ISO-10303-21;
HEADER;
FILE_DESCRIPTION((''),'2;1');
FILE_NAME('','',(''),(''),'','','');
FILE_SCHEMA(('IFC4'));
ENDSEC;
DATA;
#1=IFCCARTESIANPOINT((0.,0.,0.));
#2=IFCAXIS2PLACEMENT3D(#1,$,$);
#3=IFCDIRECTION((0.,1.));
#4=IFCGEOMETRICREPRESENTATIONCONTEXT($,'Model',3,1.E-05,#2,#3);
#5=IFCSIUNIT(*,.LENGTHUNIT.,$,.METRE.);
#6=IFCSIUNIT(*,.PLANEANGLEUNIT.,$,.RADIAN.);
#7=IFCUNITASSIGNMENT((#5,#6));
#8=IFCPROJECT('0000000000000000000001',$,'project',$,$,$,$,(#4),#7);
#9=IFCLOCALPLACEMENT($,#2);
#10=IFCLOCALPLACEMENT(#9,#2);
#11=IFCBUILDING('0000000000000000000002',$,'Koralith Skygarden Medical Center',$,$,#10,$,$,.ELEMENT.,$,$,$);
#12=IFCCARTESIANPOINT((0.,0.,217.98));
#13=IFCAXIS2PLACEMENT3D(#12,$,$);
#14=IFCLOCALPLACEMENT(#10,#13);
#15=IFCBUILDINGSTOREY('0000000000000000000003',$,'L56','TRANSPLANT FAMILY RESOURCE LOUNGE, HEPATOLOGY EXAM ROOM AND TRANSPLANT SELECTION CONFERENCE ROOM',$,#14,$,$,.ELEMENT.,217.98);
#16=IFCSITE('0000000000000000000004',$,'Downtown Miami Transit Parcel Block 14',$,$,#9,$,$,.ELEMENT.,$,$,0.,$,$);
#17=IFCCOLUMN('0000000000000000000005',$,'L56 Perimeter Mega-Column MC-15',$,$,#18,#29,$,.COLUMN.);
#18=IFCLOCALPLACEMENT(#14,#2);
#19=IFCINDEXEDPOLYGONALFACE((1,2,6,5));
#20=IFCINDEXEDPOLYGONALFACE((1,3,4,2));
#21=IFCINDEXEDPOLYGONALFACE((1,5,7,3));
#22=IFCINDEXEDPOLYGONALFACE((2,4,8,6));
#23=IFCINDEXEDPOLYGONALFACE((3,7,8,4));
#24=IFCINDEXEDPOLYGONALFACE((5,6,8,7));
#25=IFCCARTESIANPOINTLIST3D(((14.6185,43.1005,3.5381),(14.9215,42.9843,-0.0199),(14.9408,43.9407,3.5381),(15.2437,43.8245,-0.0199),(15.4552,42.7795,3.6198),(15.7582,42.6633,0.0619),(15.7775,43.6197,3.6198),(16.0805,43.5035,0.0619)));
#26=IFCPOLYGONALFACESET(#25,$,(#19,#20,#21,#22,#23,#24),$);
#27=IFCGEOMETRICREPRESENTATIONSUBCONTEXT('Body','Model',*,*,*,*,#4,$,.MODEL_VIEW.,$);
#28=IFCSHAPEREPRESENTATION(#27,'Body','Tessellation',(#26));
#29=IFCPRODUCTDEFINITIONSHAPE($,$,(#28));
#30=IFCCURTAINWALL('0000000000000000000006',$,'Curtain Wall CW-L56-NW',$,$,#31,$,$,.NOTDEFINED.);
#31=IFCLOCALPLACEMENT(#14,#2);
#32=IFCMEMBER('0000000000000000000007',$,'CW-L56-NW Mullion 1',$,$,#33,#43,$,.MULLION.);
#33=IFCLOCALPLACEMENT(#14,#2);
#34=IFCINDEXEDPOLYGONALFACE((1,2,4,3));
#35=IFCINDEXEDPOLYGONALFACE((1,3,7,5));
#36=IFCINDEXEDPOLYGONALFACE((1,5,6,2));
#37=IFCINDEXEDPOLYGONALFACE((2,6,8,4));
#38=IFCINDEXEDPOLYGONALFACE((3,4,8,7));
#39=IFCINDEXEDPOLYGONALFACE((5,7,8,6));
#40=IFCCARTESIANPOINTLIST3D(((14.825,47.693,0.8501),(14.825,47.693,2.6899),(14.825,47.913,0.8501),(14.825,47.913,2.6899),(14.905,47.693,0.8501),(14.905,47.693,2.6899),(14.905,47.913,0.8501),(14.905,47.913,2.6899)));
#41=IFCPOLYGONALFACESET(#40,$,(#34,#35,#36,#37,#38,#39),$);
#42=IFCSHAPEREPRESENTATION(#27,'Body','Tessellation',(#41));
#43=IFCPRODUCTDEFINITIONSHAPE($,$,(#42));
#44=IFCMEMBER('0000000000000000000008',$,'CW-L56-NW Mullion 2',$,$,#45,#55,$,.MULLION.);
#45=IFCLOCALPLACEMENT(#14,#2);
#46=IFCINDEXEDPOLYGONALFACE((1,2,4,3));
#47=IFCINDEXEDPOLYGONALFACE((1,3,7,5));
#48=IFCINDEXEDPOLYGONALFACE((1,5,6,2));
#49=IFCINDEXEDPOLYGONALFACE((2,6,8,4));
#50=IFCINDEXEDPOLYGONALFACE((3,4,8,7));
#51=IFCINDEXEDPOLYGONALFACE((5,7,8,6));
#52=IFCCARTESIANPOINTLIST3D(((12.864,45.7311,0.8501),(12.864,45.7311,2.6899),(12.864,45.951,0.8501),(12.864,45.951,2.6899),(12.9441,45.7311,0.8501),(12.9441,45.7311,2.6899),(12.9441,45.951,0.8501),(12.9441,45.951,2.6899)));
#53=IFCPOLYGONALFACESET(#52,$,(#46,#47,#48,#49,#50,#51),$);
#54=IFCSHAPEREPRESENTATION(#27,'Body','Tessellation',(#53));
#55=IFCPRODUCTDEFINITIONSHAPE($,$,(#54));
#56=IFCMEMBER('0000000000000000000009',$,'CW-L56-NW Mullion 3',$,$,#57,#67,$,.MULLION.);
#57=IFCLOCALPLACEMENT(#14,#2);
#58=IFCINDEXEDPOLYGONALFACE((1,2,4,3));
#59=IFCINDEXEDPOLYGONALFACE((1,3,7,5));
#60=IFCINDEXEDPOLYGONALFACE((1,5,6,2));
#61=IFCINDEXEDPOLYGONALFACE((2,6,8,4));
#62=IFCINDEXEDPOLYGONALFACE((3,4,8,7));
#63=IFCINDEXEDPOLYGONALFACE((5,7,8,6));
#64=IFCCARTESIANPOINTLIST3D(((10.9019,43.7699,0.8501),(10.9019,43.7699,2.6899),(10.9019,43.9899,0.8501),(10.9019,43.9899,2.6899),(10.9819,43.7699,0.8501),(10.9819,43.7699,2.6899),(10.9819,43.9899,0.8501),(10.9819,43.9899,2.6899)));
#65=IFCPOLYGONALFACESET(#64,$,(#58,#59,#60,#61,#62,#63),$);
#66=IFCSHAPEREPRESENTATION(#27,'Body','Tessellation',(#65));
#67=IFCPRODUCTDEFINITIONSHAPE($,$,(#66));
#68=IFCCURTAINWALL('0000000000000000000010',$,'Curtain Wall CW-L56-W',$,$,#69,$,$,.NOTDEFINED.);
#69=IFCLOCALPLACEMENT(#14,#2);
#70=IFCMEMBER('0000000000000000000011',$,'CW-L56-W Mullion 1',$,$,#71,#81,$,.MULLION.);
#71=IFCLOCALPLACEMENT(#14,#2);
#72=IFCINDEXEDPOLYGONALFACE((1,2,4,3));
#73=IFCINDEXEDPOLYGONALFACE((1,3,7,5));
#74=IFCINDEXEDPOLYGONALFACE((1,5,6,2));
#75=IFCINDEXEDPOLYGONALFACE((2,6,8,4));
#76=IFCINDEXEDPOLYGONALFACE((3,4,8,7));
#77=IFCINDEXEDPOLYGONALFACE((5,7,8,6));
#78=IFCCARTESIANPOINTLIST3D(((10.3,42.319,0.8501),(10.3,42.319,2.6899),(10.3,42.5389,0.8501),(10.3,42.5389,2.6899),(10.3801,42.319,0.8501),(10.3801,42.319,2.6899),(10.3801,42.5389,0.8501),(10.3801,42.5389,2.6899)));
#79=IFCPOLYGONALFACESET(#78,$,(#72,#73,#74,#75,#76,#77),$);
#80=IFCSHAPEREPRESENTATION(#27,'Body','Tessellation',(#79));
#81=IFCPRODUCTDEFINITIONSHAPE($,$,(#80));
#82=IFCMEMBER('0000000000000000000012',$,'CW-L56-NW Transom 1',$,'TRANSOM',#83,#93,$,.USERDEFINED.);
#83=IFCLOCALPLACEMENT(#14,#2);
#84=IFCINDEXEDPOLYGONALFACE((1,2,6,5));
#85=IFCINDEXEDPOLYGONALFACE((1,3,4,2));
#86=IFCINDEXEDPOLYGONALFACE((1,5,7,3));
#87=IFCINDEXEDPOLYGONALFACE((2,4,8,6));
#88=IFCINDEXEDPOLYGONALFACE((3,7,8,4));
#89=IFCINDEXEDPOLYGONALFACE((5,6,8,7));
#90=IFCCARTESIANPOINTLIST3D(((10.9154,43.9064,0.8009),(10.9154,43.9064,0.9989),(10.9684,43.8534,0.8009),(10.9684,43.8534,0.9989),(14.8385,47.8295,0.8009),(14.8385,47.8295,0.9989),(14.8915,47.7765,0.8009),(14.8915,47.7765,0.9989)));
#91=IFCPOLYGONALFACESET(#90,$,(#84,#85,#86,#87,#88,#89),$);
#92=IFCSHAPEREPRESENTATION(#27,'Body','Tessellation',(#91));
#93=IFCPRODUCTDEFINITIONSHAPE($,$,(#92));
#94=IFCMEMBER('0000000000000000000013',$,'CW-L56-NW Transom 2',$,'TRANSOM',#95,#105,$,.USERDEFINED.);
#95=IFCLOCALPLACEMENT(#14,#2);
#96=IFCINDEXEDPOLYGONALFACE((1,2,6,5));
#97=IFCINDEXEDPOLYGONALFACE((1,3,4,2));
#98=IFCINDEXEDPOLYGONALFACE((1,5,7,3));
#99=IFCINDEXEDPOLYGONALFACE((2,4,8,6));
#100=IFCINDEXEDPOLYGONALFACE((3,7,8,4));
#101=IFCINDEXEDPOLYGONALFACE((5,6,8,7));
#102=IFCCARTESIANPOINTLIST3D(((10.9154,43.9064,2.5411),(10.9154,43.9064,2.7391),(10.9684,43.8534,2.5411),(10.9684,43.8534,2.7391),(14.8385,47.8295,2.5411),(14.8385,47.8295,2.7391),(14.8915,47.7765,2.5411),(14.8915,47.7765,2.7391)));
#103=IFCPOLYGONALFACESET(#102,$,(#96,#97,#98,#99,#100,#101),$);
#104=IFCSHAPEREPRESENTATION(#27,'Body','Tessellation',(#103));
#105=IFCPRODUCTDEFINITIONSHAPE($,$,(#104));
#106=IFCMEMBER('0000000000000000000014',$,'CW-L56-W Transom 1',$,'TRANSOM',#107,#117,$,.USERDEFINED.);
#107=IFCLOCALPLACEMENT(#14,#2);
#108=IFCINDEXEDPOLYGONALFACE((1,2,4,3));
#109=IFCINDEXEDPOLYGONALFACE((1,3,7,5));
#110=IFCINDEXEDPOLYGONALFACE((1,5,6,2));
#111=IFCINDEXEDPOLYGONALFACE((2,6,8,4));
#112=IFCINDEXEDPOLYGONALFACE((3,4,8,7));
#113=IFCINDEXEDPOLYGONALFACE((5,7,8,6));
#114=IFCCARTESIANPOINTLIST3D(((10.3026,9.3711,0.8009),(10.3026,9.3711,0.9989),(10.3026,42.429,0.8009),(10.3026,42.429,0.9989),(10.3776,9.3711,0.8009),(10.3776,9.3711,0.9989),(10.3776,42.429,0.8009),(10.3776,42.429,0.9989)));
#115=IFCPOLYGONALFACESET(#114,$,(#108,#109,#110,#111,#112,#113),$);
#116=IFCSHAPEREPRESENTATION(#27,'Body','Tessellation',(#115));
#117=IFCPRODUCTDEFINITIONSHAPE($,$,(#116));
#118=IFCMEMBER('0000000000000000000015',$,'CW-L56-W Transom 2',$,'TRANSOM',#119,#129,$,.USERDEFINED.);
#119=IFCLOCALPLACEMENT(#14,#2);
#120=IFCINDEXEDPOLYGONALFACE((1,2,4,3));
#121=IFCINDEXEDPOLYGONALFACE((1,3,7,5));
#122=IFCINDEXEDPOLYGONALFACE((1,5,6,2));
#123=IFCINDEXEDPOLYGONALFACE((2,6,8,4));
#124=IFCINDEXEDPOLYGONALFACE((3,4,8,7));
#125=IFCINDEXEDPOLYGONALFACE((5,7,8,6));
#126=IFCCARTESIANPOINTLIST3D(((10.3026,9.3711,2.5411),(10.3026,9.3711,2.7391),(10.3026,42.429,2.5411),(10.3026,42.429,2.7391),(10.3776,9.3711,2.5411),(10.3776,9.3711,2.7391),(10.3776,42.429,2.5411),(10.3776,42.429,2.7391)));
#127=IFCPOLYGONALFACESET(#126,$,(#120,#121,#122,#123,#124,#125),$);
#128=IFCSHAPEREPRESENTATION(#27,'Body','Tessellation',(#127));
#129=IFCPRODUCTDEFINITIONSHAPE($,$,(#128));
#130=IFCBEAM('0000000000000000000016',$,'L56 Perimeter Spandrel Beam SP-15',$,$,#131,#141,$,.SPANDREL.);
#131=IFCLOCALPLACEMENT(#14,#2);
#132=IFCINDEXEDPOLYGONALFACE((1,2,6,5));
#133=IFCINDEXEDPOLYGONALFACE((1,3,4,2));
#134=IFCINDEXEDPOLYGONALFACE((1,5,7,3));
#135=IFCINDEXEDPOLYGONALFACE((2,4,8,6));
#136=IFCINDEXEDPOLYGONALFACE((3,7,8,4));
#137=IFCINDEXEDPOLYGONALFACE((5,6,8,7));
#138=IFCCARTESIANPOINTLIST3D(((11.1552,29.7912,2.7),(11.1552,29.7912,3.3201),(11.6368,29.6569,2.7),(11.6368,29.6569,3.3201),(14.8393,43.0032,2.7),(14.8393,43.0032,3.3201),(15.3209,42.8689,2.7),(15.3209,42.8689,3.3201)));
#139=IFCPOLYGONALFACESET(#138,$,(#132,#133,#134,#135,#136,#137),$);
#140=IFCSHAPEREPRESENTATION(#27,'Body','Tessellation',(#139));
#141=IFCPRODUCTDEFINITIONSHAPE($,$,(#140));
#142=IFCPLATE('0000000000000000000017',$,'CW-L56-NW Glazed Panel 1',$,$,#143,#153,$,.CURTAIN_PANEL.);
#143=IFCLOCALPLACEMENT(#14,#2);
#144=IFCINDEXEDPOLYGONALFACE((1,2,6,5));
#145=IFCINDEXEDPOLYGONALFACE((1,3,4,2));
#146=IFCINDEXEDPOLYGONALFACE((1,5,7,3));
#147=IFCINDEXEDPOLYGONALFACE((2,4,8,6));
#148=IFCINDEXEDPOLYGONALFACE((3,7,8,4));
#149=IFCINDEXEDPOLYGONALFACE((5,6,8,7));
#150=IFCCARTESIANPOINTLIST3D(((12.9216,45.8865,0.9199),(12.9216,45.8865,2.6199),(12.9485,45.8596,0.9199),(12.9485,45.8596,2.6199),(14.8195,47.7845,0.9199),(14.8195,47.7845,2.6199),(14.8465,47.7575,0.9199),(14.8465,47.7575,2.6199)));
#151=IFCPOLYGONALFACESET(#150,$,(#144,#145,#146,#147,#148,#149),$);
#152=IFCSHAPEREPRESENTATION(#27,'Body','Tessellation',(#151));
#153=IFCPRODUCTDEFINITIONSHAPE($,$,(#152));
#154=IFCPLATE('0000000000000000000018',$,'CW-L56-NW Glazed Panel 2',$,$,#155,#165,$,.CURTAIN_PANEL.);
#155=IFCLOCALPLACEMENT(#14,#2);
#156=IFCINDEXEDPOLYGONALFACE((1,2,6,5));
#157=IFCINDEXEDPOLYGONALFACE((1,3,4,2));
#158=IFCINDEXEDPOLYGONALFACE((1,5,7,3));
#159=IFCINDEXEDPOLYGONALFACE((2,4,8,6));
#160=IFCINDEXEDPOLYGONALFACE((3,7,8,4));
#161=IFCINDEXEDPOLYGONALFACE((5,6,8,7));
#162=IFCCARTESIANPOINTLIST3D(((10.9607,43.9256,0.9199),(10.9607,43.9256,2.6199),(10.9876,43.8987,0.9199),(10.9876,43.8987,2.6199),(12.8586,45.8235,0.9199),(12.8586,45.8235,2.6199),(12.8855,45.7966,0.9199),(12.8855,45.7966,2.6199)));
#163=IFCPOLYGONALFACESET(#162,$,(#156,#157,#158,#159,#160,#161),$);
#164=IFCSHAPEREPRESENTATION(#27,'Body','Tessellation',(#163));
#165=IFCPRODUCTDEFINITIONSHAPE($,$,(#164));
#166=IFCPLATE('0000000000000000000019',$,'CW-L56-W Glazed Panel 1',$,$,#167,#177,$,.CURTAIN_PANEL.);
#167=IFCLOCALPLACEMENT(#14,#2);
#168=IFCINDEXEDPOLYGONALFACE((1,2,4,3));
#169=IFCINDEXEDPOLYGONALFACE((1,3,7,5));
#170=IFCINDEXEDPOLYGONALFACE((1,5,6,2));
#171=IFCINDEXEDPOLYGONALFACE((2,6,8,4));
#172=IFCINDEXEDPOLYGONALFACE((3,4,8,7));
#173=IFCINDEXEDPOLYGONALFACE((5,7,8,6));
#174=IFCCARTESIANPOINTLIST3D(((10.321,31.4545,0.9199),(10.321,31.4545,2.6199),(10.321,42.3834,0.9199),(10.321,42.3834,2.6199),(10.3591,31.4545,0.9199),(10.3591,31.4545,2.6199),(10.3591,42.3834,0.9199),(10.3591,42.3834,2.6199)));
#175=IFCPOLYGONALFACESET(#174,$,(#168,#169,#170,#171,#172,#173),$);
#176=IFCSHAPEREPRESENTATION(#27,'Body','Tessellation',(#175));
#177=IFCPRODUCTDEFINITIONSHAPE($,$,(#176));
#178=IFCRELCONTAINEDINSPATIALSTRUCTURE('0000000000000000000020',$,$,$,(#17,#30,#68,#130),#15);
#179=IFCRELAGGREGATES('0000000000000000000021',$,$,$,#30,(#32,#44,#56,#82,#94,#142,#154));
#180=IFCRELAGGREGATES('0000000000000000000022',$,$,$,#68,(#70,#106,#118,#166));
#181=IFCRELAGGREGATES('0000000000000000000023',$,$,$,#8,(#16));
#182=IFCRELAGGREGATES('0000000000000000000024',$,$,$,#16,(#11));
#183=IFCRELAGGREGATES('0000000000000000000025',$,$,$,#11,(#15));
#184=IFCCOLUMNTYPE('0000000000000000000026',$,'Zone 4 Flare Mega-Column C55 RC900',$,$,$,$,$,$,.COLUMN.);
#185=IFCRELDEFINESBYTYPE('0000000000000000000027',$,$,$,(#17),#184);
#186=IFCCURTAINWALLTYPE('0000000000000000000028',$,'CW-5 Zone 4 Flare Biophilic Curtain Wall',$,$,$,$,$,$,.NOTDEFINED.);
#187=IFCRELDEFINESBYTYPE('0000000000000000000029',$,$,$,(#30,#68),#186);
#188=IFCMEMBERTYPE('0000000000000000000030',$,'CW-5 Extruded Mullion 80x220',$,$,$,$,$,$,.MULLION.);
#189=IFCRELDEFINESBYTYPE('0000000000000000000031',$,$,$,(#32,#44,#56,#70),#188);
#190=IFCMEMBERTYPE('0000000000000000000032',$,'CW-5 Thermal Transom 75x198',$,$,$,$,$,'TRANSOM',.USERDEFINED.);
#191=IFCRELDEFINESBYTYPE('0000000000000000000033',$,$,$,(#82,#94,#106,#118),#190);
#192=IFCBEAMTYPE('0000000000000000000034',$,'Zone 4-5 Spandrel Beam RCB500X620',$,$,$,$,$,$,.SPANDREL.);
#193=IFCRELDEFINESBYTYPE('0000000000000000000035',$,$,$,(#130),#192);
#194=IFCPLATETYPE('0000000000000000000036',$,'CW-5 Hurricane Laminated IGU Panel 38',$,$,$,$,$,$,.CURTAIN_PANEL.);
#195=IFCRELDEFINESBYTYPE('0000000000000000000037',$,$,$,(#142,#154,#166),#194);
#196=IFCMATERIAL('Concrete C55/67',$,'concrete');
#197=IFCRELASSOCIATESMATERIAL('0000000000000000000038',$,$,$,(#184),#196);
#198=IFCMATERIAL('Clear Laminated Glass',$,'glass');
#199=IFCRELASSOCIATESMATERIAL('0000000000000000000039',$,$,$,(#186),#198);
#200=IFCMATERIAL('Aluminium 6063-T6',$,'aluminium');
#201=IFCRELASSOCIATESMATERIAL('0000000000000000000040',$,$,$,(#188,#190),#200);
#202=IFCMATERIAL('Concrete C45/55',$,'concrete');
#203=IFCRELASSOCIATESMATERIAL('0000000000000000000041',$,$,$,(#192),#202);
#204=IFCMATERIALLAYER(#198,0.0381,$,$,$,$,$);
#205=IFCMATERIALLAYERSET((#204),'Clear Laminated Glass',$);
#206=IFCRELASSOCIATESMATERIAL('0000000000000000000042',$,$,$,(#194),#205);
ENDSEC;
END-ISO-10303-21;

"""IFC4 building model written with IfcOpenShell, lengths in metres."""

from ifc_helpers import new_model, si_unit, direction, frame, origin, origin_2d, place, context, subcontext, project, spatial, rectangle, extrude, material, layer, layer_set, material_profile, profile_set, type_object, element, aggregate, save


model = new_model("IFC4")

# Units and contexts
model_context = context("Model", 3, precision=1e-05, world=origin(), true_north=direction((0.0, 1.0)))
body_context = subcontext(model_context, "Body", "Model", "MODEL_VIEW")
ifc_project = project(units=[si_unit("LENGTHUNIT", "METRE"), si_unit("PLANEANGLEUNIT", "RADIAN")], contexts=[model_context])

# Site, building, storey
site_placement = place(None, origin())
site = spatial("IfcSite", under=ifc_project, at=site_placement, Name="Downtown Miami Transit Parcel Block 14", CompositionType="ELEMENT", RefElevation=0.0)
building_placement = place(site_placement, origin())
building = spatial("IfcBuilding", under=site, at=building_placement, Name="Koralith Skygarden Medical Center", CompositionType="ELEMENT")
storey_placement = place(building_placement, frame((0.0, 0.0, 217.98)))
storey = spatial("IfcBuildingStorey", under=building, at=storey_placement, Name="L56", Description="TRANSPLANT FAMILY RESOURCE LOUNGE, HEPATOLOGY EXAM ROOM AND TRANSPLANT SELECTION CONFERENCE ROOM", CompositionType="ELEMENT", Elevation=217.98)

# Column
ifc_material_1 = material(Name="Concrete C55/67", Category="concrete")
ifc_material_profile_1 = material_profile(ifc_material_1, rectangle(XDim=0.8999, YDim=0.8999, at=origin_2d()), Name="RC900X900")
ifc_profile_set_1 = profile_set([ifc_material_profile_1], Name="Concrete C55/67")
column_type = type_object("IfcColumnType", Name="Zone 4 Flare Mega-Column C55 RC900", PredefinedType="COLUMN", material=ifc_profile_set_1)
column_placement = place(storey_placement, frame((15.501, 43.2439, 0.021), z_axis=(-0.0848, 0.032526, 0.995867), x_axis=(-0.358122, -0.933675, 0.0)))
element("IfcColumn", 1, at=column_placement, inside=storey, type_object=column_type, Name="L56 Perimeter Mega-Column MC-15", PredefinedType="COLUMN", context=body_context, shape_type="SweptSolid", body=[
    extrude(rectangle(XDim=0.8999, YDim=0.8999, at=origin_2d()), origin(), (0.0, 0.0, 1.0), 3.5728),
])

# Curtain wall, members
ifc_material_2 = material(Name="Clear Laminated Glass", Category="glass")
curtain_wall_type = type_object("IfcCurtainWallType", Name="CW-5 Zone 4 Flare Biophilic Curtain Wall", PredefinedType="NOTDEFINED", material=ifc_material_2)
curtain_wall_1_placement = place(storey_placement, origin())
curtain_wall_1 = element("IfcCurtainWall", 2, at=curtain_wall_1_placement, inside=storey, type_object=curtain_wall_type, Name="Curtain Wall CW-L56-NW", PredefinedType="NOTDEFINED")
ifc_material_3 = material(Name="Aluminium 6063-T6", Category="aluminium")
ifc_material_profile_2 = material_profile(ifc_material_3, rectangle(XDim=0.0801, YDim=0.22, at=origin_2d()), Name="MUL80X220")
ifc_profile_set_2 = profile_set([ifc_material_profile_2], Name="Aluminium 6063-T6")
member_type_1 = type_object("IfcMemberType", Name="CW-5 Extruded Mullion 80x220", PredefinedType="MULLION", material=ifc_profile_set_2)
member_1_placement = place(storey_placement, frame((14.865, 47.803, 0.8501), z_axis=(0.0, 0.0, 1.0), x_axis=(1.0, 0.0, 0.0)))
member_1 = element("IfcMember", 3, at=member_1_placement, type_object=member_type_1, Name="CW-L56-NW Mullion 1", PredefinedType="MULLION", context=body_context, shape_type="SweptSolid", body=[
    extrude(rectangle(XDim=0.0801, YDim=0.22, at=origin_2d()), origin(), (0.0, 0.0, 1.0), 1.8398),
])
member_2_placement = place(storey_placement, frame((12.9041, 45.8411, 0.8501), z_axis=(0.0, 0.0, 1.0), x_axis=(1.0, 0.0, 0.0)))
member_2 = element("IfcMember", 4, at=member_2_placement, type_object=member_type_1, Name="CW-L56-NW Mullion 2", PredefinedType="MULLION", context=body_context, shape_type="SweptSolid", body=[
    extrude(rectangle(XDim=0.0801, YDim=0.22, at=origin_2d()), origin(), (0.0, 0.0, 1.0), 1.8398),
])
member_3_placement = place(storey_placement, frame((10.9419, 43.8799, 0.8501), z_axis=(0.0, 0.0, 1.0), x_axis=(1.0, 0.0, 0.0)))
member_3 = element("IfcMember", 5, at=member_3_placement, type_object=member_type_1, Name="CW-L56-NW Mullion 3", PredefinedType="MULLION", context=body_context, shape_type="SweptSolid", body=[
    extrude(rectangle(XDim=0.0801, YDim=0.22, at=origin_2d()), origin(), (0.0, 0.0, 1.0), 1.8398),
])

# Curtain wall, member
curtain_wall_2_placement = place(storey_placement, origin())
curtain_wall_2 = element("IfcCurtainWall", 6, at=curtain_wall_2_placement, inside=storey, type_object=curtain_wall_type, Name="Curtain Wall CW-L56-W", PredefinedType="NOTDEFINED")
member_4_placement = place(storey_placement, frame((10.3401, 42.429, 0.8501), z_axis=(0.0, 0.0, 1.0), x_axis=(1.0, 0.0, 0.0)))
member_4 = element("IfcMember", 7, at=member_4_placement, type_object=member_type_1, Name="CW-L56-W Mullion 1", PredefinedType="MULLION", context=body_context, shape_type="SweptSolid", body=[
    extrude(rectangle(XDim=0.0801, YDim=0.22, at=origin_2d()), origin(), (0.0, 0.0, 1.0), 1.8398),
])

# Members
ifc_material_profile_3 = material_profile(ifc_material_3, rectangle(XDim=0.075, YDim=0.198, at=origin_2d()), Name="TRN75X198")
ifc_profile_set_3 = profile_set([ifc_material_profile_3], Name="Aluminium 6063-T6")
member_type_2 = type_object("IfcMemberType", Name="CW-5 Thermal Transom 75x198", ElementType="TRANSOM", PredefinedType="USERDEFINED", material=ifc_profile_set_3)
member_5_placement = place(storey_placement, frame((14.865, 47.803, 0.8999), z_axis=(-0.707107, -0.707107, 0.0), x_axis=(0.707107, -0.707107, 0.0)))
member_5 = element("IfcMember", 8, at=member_5_placement, type_object=member_type_2, Name="CW-L56-NW Transom 1", ObjectType="TRANSOM", PredefinedType="USERDEFINED", context=body_context, shape_type="SweptSolid", body=[
    extrude(rectangle(XDim=0.075, YDim=0.198, at=origin_2d()), origin(), (0.0, 0.0, 1.0), 5.5481),
])
member_6_placement = place(storey_placement, frame((14.865, 47.803, 2.6401), z_axis=(-0.707107, -0.707107, 0.0), x_axis=(0.707107, -0.707107, 0.0)))
member_6 = element("IfcMember", 9, at=member_6_placement, type_object=member_type_2, Name="CW-L56-NW Transom 2", ObjectType="TRANSOM", PredefinedType="USERDEFINED", context=body_context, shape_type="SweptSolid", body=[
    extrude(rectangle(XDim=0.075, YDim=0.198, at=origin_2d()), origin(), (0.0, 0.0, 1.0), 5.5481),
])
member_7_placement = place(storey_placement, frame((10.3401, 42.429, 0.8999), z_axis=(0.0, -1.0, 0.0), x_axis=(1.0, 0.0, 0.0)))
member_7 = element("IfcMember", 10, at=member_7_placement, type_object=member_type_2, Name="CW-L56-W Transom 1", ObjectType="TRANSOM", PredefinedType="USERDEFINED", context=body_context, shape_type="SweptSolid", body=[
    extrude(rectangle(XDim=0.075, YDim=0.198, at=origin_2d()), origin(), (0.0, 0.0, 1.0), 33.0579),
])
member_8_placement = place(storey_placement, frame((10.3401, 42.429, 2.6401), z_axis=(0.0, -1.0, 0.0), x_axis=(1.0, 0.0, 0.0)))
member_8 = element("IfcMember", 11, at=member_8_placement, type_object=member_type_2, Name="CW-L56-W Transom 2", ObjectType="TRANSOM", PredefinedType="USERDEFINED", context=body_context, shape_type="SweptSolid", body=[
    extrude(rectangle(XDim=0.075, YDim=0.198, at=origin_2d()), origin(), (0.0, 0.0, 1.0), 33.0579),
])

# Beam
ifc_material_4 = material(Name="Concrete C45/55", Category="concrete")
ifc_material_profile_4 = material_profile(ifc_material_4, rectangle(XDim=0.5, YDim=0.6201, at=origin_2d()), Name="RCB500X620")
ifc_profile_set_4 = profile_set([ifc_material_profile_4], Name="Concrete C45/55")
beam_type = type_object("IfcBeamType", Name="Zone 4-5 Spandrel Beam RCB500X620", PredefinedType="SPANDREL", material=ifc_profile_set_4)
beam_placement = place(storey_placement, frame((15.0801, 42.936, 3.01), z_axis=(-0.268598, -0.963252, 0.0), x_axis=(0.963252, -0.268598, 0.0)))
element("IfcBeam", 12, at=beam_placement, inside=storey, type_object=beam_type, Name="L56 Perimeter Spandrel Beam SP-15", PredefinedType="SPANDREL", context=body_context, shape_type="SweptSolid", body=[
    extrude(rectangle(XDim=0.5, YDim=0.6201, at=origin_2d()), origin(), (0.0, 0.0, 1.0), 13.7161),
])

# Plates
ifc_layer_1 = layer(ifc_material_2, 0.0381)
ifc_layer_set_1 = layer_set([ifc_layer_1], Name="Clear Laminated Glass")
plate_type_1 = type_object("IfcPlateType", Name="CW-5 Hurricane Laminated IGU Panel 38", PredefinedType="CURTAIN_PANEL", material=ifc_layer_set_1)
plate_1_placement = place(storey_placement, frame((13.884, 46.822, 0.9199), z_axis=(0.0, 0.0, 1.0), x_axis=(-0.707107, -0.707107, 0.0)))
plate_1 = element("IfcPlate", 13, at=plate_1_placement, type_object=plate_type_1, Name="CW-L56-NW Glazed Panel 1", PredefinedType="CURTAIN_PANEL", context=body_context, shape_type="SweptSolid", body=[
    extrude(rectangle(XDim=2.6841, YDim=0.0381, at=origin_2d()), origin(), (0.0, 0.0, 1.0), 1.7),
])
plate_2_placement = place(storey_placement, frame((11.9231, 44.8611, 0.9199), z_axis=(0.0, 0.0, 1.0), x_axis=(-0.707107, -0.707107, 0.0)))
plate_2 = element("IfcPlate", 14, at=plate_2_placement, type_object=plate_type_1, Name="CW-L56-NW Glazed Panel 2", PredefinedType="CURTAIN_PANEL", context=body_context, shape_type="SweptSolid", body=[
    extrude(rectangle(XDim=2.6841, YDim=0.0381, at=origin_2d()), origin(), (0.0, 0.0, 1.0), 1.7),
])
aggregate(curtain_wall_1, [member_1, member_2, member_3, member_5, member_6, plate_1, plate_2])
plate_3_placement = place(storey_placement, frame((10.3401, 36.9189, 0.9199), z_axis=(0.0, 0.0, 1.0), x_axis=(0.0, -1.0, 0.0)))
plate_3 = element("IfcPlate", 15, at=plate_3_placement, type_object=plate_type_1, Name="CW-L56-W Glazed Panel 1", PredefinedType="CURTAIN_PANEL", context=body_context, shape_type="SweptSolid", body=[
    extrude(rectangle(XDim=10.929, YDim=0.0381, at=origin_2d()), origin(), (0.0, 0.0, 1.0), 1.7),
])
aggregate(curtain_wall_2, [member_4, member_7, member_8, plate_3])

save(model, "model.ifc")
